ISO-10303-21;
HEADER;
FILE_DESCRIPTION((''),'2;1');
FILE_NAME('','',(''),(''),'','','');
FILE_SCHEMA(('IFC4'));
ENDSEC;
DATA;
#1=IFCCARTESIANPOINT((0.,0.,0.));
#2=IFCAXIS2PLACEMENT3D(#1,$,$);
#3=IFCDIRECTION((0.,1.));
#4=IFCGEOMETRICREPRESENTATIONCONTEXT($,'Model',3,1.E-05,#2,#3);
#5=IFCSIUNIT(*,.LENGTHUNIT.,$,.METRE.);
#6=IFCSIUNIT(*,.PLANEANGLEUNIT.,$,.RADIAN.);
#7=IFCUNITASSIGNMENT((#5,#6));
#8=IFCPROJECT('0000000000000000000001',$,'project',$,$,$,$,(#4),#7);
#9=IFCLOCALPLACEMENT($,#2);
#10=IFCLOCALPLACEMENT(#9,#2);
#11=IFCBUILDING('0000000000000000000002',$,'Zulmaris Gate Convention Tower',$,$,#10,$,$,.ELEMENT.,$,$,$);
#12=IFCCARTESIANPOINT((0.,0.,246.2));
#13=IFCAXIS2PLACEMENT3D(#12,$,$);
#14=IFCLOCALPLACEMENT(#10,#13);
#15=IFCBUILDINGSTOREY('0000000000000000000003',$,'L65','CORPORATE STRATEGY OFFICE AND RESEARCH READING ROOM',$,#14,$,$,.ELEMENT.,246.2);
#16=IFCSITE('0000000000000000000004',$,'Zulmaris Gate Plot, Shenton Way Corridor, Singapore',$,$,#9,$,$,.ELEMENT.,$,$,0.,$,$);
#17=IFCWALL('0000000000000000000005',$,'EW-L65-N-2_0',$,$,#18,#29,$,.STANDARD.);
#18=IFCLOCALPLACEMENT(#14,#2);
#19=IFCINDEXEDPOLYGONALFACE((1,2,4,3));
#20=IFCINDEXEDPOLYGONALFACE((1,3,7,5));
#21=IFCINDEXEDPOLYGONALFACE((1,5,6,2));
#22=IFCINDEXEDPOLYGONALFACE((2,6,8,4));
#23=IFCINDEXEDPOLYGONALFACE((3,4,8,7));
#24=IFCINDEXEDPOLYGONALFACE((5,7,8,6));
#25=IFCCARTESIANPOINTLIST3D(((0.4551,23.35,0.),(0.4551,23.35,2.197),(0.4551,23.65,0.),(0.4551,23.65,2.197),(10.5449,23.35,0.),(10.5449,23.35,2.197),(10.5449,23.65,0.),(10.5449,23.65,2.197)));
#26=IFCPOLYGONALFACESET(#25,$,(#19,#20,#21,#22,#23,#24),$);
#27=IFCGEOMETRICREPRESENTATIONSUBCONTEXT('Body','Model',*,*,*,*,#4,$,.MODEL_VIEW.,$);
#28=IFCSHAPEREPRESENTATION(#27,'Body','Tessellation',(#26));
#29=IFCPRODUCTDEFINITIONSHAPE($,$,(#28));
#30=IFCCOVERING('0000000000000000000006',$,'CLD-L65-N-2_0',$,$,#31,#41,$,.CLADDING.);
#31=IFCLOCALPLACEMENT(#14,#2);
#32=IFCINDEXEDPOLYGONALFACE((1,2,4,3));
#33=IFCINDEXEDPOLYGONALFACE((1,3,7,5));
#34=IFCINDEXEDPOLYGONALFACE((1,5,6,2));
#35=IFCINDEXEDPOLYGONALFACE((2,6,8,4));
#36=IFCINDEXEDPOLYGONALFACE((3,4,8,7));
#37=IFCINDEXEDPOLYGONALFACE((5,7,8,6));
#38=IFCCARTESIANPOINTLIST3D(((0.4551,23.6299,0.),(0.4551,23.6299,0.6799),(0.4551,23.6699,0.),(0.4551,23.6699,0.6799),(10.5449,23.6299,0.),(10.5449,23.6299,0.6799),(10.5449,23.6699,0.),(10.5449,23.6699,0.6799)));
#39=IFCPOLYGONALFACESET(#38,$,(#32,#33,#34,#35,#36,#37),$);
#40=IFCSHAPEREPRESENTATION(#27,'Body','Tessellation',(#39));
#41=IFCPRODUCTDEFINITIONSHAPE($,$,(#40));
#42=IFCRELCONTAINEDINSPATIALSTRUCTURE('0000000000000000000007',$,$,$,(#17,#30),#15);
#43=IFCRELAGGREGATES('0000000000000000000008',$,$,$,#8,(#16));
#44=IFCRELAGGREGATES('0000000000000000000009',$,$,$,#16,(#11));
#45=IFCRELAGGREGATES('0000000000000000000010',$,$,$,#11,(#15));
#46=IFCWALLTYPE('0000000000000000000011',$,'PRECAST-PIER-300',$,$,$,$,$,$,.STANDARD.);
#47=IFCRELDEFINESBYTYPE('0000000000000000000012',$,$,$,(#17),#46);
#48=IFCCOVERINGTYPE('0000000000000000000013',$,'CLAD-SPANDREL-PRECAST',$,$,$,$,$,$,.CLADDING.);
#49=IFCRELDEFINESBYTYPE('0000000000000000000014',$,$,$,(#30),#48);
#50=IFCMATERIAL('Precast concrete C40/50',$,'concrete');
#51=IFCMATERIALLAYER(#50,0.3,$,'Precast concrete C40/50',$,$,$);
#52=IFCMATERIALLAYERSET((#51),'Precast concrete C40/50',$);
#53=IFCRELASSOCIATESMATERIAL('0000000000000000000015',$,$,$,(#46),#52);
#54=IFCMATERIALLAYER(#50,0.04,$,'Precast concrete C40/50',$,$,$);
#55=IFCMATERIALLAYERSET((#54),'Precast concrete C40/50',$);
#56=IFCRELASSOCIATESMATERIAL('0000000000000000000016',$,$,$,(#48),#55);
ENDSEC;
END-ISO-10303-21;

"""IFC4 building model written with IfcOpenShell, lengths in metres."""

from ifc_helpers import new_model, si_unit, direction, frame, frame_2d, origin, place, context, subcontext, project, spatial, rectangle, extrude, material, layer, layer_set, type_object, element, save


model = new_model("IFC4")

# Units and contexts
model_context = context("Model", 3, precision=1e-05, world=origin(), true_north=direction((0.0, 1.0)))
body_context = subcontext(model_context, "Body", "Model", "MODEL_VIEW")
ifc_project = project(units=[si_unit("LENGTHUNIT", "METRE"), si_unit("PLANEANGLEUNIT", "RADIAN")], contexts=[model_context])

# Site, building, storey
site_placement = place(None, origin())
site = spatial("IfcSite", under=ifc_project, at=site_placement, Name="Zulmaris Gate Plot, Shenton Way Corridor, Singapore", CompositionType="ELEMENT", RefElevation=0.0)
building_placement = place(site_placement, origin())
building = spatial("IfcBuilding", under=site, at=building_placement, Name="Zulmaris Gate Convention Tower", CompositionType="ELEMENT")
storey_placement = place(building_placement, frame((0.0, 0.0, 246.2)))
storey = spatial("IfcBuildingStorey", under=building, at=storey_placement, Name="L65", Description="CORPORATE STRATEGY OFFICE AND RESEARCH READING ROOM", CompositionType="ELEMENT", Elevation=246.2)

# Wall
ifc_material_1 = material(Name="Precast concrete C40/50", Category="concrete")
ifc_layer_1 = layer(ifc_material_1, 0.3, Name="Precast concrete C40/50")
ifc_layer_set_1 = layer_set([ifc_layer_1], Name="Precast concrete C40/50")
wall_type_1 = type_object("IfcWallType", Name="PRECAST-PIER-300", PredefinedType="STANDARD", material=ifc_layer_set_1)
wall_1_placement = place(storey_placement, frame((10.5449, 23.5, 0.0), z_axis=(0.0, 0.0, 1.0), x_axis=(-1.0, 0.0, 0.0)))
element("IfcWall", 1, at=wall_1_placement, inside=storey, type_object=wall_type_1, Name="EW-L65-N-2_0", PredefinedType="STANDARD", context=body_context, shape_type="SweptSolid", body=[
    extrude(rectangle(XDim=10.0898, YDim=0.3, at=frame_2d((5.0449, 0.0))), origin(), (0.0, 0.0, 1.0), 2.197),
])

# Covering
ifc_layer_2 = layer(ifc_material_1, 0.04, Name="Precast concrete C40/50")
ifc_layer_set_2 = layer_set([ifc_layer_2], Name="Precast concrete C40/50")
covering_type = type_object("IfcCoveringType", Name="CLAD-SPANDREL-PRECAST", PredefinedType="CLADDING", material=ifc_layer_set_2)
covering_placement = place(storey_placement, frame((10.5449, 23.6499, 0.0), z_axis=(0.0, 0.0, 1.0), x_axis=(-1.0, 0.0, 0.0)))
element("IfcCovering", 2, at=covering_placement, inside=storey, type_object=covering_type, Name="CLD-L65-N-2_0", PredefinedType="CLADDING", context=body_context, shape_type="SweptSolid", body=[
    extrude(rectangle(XDim=10.0898, YDim=0.04, at=frame_2d((5.0449, 0.0))), origin(), (0.0, 0.0, 1.0), 0.6799),
])

save(model, "model.ifc")
